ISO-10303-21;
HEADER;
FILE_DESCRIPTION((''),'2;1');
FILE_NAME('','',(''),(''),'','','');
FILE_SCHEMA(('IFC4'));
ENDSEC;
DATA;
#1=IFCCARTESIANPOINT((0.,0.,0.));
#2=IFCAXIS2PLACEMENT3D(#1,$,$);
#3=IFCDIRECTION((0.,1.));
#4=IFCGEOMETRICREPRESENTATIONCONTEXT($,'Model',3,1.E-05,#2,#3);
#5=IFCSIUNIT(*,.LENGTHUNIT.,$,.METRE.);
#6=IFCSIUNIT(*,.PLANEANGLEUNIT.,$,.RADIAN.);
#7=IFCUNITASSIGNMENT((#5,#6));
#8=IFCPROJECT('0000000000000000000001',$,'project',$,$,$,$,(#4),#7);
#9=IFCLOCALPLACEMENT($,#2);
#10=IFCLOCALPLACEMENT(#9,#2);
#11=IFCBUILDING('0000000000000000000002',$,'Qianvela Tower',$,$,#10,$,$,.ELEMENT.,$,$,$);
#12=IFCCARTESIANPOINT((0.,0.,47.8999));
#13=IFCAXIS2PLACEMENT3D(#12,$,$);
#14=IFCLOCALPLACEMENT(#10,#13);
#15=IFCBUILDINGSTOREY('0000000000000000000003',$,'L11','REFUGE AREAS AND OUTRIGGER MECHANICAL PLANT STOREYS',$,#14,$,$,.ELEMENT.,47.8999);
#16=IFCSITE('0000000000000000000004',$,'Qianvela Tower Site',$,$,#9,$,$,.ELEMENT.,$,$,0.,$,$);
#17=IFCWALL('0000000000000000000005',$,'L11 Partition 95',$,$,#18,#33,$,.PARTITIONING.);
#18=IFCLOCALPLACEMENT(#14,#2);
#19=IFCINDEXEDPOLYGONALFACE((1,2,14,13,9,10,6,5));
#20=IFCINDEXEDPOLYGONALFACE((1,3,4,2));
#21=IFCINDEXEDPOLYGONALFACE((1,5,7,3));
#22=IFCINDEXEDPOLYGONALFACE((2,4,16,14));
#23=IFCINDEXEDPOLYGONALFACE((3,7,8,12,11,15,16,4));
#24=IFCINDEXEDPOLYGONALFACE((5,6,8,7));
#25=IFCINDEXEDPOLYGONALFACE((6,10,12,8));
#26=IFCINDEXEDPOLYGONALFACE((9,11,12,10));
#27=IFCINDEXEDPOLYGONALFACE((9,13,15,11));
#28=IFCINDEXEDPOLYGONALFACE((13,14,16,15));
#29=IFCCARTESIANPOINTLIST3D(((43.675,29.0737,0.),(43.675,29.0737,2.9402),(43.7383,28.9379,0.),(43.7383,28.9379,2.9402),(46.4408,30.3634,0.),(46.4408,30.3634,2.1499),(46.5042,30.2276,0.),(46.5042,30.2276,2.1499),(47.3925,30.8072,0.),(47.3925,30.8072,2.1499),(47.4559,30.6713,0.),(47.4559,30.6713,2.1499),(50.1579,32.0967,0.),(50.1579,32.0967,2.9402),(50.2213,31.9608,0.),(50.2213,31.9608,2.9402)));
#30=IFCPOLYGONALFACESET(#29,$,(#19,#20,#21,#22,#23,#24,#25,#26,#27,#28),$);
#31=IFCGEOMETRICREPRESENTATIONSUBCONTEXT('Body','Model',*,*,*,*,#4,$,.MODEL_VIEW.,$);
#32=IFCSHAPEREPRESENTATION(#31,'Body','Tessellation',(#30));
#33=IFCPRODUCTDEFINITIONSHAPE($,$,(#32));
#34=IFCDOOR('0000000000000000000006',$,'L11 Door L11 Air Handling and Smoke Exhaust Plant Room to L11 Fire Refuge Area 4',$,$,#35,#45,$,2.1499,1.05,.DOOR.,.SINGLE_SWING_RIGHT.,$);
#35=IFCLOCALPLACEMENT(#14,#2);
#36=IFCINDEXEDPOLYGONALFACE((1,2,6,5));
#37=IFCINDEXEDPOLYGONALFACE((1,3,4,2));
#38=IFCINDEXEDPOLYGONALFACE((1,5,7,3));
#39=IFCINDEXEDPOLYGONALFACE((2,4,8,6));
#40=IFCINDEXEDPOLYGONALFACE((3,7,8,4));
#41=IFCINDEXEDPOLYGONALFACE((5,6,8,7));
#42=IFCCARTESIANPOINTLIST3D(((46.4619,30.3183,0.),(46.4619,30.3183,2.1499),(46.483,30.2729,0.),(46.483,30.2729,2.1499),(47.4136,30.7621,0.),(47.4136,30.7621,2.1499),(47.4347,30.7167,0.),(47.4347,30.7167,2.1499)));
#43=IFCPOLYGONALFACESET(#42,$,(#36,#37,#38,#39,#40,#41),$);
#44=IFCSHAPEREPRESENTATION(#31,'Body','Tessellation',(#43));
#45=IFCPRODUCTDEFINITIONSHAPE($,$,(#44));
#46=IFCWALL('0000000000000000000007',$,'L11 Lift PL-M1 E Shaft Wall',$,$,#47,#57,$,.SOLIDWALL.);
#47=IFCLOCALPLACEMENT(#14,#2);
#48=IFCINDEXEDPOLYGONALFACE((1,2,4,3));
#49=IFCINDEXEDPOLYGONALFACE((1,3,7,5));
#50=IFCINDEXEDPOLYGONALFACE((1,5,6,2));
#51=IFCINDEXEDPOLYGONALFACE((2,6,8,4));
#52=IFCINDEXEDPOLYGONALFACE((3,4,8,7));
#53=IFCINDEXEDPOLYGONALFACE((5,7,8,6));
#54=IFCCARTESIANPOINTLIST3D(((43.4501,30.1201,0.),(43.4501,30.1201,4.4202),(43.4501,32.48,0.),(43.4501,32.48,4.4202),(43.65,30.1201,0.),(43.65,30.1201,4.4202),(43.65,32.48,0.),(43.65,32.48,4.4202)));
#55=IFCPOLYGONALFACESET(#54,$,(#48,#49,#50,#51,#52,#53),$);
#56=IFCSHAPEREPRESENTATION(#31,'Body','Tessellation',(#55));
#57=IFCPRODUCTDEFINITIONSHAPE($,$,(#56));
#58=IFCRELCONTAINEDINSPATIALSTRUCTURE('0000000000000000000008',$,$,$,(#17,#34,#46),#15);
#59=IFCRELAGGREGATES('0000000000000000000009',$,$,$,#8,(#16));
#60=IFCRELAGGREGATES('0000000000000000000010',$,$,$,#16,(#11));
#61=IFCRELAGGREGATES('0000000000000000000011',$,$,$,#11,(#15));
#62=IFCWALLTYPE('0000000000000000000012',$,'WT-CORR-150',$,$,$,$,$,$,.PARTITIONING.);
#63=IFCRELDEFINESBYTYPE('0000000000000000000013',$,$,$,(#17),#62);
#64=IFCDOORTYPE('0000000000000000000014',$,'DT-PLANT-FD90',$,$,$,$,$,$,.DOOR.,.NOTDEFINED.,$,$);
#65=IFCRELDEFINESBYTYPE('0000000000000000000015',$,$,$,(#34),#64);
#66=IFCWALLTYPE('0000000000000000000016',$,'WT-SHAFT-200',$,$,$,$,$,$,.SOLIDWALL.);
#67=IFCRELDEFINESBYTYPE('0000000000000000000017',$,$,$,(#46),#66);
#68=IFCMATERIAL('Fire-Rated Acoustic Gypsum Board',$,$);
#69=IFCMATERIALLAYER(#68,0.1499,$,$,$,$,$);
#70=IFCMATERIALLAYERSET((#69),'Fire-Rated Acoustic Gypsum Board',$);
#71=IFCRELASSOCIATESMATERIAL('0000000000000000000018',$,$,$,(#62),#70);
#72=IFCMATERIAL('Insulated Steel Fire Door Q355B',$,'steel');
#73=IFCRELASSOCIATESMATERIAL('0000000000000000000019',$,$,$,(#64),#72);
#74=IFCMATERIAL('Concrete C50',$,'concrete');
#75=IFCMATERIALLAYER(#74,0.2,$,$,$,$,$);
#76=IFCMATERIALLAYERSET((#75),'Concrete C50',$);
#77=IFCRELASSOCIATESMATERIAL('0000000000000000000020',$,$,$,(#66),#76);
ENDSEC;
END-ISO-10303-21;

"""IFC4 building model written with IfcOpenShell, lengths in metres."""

from ifc_helpers import new_model, si_unit, direction, frame, frame_2d, origin, place, context, subcontext, project, spatial, rectangle, extrude, material, layer, layer_set, type_object, element, fill, save


model = new_model("IFC4")

# Units and contexts
model_context = context("Model", 3, precision=1e-05, world=origin(), true_north=direction((0.0, 1.0)))
body_context = subcontext(model_context, "Body", "Model", "MODEL_VIEW")
ifc_project = project(units=[si_unit("LENGTHUNIT", "METRE"), si_unit("PLANEANGLEUNIT", "RADIAN")], contexts=[model_context])

# Site, building, storey
site_placement = place(None, origin())
site = spatial("IfcSite", under=ifc_project, at=site_placement, Name="Qianvela Tower Site", CompositionType="ELEMENT", RefElevation=0.0)
building_placement = place(site_placement, origin())
building = spatial("IfcBuilding", under=site, at=building_placement, Name="Qianvela Tower", CompositionType="ELEMENT")
storey_placement = place(building_placement, frame((0.0, 0.0, 47.8999)))
storey = spatial("IfcBuildingStorey", under=building, at=storey_placement, Name="L11", Description="REFUGE AREAS AND OUTRIGGER MECHANICAL PLANT STOREYS", CompositionType="ELEMENT", Elevation=47.8999)

# Shared definitions
ifc_material_1 = material(Name="Fire-Rated Acoustic Gypsum Board")
ifc_layer_1 = layer(ifc_material_1, 0.1499)
ifc_layer_set_1 = layer_set([ifc_layer_1], Name="Fire-Rated Acoustic Gypsum Board")
wall_type_1 = type_object("IfcWallType", Name="WT-CORR-150", PredefinedType="PARTITIONING", material=ifc_layer_set_1)

# Wall, opening, door
wall_1_placement = place(storey_placement, frame((50.1897, 32.0288, 0.0), z_axis=(0.0, 0.0, 1.0), x_axis=(-0.906312, -0.422609, 0.0)))
wall_1 = element("IfcWall", 1, at=wall_1_placement, inside=storey, type_object=wall_type_1, Name="L11 Partition 95", PredefinedType="PARTITIONING", context=body_context, shape_type="SweptSolid", body=[
    extrude(rectangle(XDim=7.1531, YDim=0.1499, at=frame_2d((3.5767, 0.0))), origin(), (0.0, 0.0, 1.0), 2.9402),
])
opening_placement = place(wall_1_placement, frame((3.0515, 0.0, 0.0)))
opening = element("IfcOpeningElement", 2, at=opening_placement, cuts=wall_1, PredefinedType="OPENING", context=body_context, shape_type="SweptSolid", body=[
    extrude(rectangle(XDim=1.05, YDim=2.1499, at=frame_2d((0.5249, 1.075))), frame((0.0, 0.085, 0.0), z_axis=(0.0, -1.0, 0.0), x_axis=(1.0, 0.0, 0.0)), (0.0, 0.0, 1.0), 0.1699),
])
ifc_material_2 = material(Name="Insulated Steel Fire Door Q355B", Category="steel")
door_type = type_object("IfcDoorType", Name="DT-PLANT-FD90", OperationType="NOTDEFINED", PredefinedType="DOOR", material=ifc_material_2)
door_placement = place(opening_placement, origin())
door = element("IfcDoor", 3, at=door_placement, inside=storey, type_object=door_type, Name="L11 Door L11 Air Handling and Smoke Exhaust Plant Room to L11 Fire Refuge Area 4", OperationType="SINGLE_SWING_RIGHT", OverallHeight=2.1499, OverallWidth=1.05, PredefinedType="DOOR", context=body_context, shape_type="SweptSolid", body=[
    extrude(rectangle(XDim=1.05, YDim=2.1499, at=frame_2d((0.5249, 1.075))), frame((0.0, 0.0249, 0.0), z_axis=(0.0, -1.0, 0.0), x_axis=(1.0, 0.0, 0.0)), (0.0, 0.0, 1.0), 0.05),
])
fill(opening, door)

# Wall
ifc_material_3 = material(Name="Concrete C50", Category="concrete")
ifc_layer_2 = layer(ifc_material_3, 0.2)
ifc_layer_set_2 = layer_set([ifc_layer_2], Name="Concrete C50")
wall_type_2 = type_object("IfcWallType", Name="WT-SHAFT-200", PredefinedType="SOLIDWALL", material=ifc_layer_set_2)
wall_2_placement = place(storey_placement, frame((43.55, 30.1201, 0.0), z_axis=(0.0, 0.0, 1.0), x_axis=(0.0, 1.0, 0.0)))
element("IfcWall", 4, at=wall_2_placement, inside=storey, type_object=wall_type_2, Name="L11 Lift PL-M1 E Shaft Wall", PredefinedType="SOLIDWALL", context=body_context, shape_type="SweptSolid", body=[
    extrude(rectangle(XDim=2.3599, YDim=0.2, at=frame_2d((1.1799, 0.0))), origin(), (0.0, 0.0, 1.0), 4.4202),
])

save(model, "model.ifc")
